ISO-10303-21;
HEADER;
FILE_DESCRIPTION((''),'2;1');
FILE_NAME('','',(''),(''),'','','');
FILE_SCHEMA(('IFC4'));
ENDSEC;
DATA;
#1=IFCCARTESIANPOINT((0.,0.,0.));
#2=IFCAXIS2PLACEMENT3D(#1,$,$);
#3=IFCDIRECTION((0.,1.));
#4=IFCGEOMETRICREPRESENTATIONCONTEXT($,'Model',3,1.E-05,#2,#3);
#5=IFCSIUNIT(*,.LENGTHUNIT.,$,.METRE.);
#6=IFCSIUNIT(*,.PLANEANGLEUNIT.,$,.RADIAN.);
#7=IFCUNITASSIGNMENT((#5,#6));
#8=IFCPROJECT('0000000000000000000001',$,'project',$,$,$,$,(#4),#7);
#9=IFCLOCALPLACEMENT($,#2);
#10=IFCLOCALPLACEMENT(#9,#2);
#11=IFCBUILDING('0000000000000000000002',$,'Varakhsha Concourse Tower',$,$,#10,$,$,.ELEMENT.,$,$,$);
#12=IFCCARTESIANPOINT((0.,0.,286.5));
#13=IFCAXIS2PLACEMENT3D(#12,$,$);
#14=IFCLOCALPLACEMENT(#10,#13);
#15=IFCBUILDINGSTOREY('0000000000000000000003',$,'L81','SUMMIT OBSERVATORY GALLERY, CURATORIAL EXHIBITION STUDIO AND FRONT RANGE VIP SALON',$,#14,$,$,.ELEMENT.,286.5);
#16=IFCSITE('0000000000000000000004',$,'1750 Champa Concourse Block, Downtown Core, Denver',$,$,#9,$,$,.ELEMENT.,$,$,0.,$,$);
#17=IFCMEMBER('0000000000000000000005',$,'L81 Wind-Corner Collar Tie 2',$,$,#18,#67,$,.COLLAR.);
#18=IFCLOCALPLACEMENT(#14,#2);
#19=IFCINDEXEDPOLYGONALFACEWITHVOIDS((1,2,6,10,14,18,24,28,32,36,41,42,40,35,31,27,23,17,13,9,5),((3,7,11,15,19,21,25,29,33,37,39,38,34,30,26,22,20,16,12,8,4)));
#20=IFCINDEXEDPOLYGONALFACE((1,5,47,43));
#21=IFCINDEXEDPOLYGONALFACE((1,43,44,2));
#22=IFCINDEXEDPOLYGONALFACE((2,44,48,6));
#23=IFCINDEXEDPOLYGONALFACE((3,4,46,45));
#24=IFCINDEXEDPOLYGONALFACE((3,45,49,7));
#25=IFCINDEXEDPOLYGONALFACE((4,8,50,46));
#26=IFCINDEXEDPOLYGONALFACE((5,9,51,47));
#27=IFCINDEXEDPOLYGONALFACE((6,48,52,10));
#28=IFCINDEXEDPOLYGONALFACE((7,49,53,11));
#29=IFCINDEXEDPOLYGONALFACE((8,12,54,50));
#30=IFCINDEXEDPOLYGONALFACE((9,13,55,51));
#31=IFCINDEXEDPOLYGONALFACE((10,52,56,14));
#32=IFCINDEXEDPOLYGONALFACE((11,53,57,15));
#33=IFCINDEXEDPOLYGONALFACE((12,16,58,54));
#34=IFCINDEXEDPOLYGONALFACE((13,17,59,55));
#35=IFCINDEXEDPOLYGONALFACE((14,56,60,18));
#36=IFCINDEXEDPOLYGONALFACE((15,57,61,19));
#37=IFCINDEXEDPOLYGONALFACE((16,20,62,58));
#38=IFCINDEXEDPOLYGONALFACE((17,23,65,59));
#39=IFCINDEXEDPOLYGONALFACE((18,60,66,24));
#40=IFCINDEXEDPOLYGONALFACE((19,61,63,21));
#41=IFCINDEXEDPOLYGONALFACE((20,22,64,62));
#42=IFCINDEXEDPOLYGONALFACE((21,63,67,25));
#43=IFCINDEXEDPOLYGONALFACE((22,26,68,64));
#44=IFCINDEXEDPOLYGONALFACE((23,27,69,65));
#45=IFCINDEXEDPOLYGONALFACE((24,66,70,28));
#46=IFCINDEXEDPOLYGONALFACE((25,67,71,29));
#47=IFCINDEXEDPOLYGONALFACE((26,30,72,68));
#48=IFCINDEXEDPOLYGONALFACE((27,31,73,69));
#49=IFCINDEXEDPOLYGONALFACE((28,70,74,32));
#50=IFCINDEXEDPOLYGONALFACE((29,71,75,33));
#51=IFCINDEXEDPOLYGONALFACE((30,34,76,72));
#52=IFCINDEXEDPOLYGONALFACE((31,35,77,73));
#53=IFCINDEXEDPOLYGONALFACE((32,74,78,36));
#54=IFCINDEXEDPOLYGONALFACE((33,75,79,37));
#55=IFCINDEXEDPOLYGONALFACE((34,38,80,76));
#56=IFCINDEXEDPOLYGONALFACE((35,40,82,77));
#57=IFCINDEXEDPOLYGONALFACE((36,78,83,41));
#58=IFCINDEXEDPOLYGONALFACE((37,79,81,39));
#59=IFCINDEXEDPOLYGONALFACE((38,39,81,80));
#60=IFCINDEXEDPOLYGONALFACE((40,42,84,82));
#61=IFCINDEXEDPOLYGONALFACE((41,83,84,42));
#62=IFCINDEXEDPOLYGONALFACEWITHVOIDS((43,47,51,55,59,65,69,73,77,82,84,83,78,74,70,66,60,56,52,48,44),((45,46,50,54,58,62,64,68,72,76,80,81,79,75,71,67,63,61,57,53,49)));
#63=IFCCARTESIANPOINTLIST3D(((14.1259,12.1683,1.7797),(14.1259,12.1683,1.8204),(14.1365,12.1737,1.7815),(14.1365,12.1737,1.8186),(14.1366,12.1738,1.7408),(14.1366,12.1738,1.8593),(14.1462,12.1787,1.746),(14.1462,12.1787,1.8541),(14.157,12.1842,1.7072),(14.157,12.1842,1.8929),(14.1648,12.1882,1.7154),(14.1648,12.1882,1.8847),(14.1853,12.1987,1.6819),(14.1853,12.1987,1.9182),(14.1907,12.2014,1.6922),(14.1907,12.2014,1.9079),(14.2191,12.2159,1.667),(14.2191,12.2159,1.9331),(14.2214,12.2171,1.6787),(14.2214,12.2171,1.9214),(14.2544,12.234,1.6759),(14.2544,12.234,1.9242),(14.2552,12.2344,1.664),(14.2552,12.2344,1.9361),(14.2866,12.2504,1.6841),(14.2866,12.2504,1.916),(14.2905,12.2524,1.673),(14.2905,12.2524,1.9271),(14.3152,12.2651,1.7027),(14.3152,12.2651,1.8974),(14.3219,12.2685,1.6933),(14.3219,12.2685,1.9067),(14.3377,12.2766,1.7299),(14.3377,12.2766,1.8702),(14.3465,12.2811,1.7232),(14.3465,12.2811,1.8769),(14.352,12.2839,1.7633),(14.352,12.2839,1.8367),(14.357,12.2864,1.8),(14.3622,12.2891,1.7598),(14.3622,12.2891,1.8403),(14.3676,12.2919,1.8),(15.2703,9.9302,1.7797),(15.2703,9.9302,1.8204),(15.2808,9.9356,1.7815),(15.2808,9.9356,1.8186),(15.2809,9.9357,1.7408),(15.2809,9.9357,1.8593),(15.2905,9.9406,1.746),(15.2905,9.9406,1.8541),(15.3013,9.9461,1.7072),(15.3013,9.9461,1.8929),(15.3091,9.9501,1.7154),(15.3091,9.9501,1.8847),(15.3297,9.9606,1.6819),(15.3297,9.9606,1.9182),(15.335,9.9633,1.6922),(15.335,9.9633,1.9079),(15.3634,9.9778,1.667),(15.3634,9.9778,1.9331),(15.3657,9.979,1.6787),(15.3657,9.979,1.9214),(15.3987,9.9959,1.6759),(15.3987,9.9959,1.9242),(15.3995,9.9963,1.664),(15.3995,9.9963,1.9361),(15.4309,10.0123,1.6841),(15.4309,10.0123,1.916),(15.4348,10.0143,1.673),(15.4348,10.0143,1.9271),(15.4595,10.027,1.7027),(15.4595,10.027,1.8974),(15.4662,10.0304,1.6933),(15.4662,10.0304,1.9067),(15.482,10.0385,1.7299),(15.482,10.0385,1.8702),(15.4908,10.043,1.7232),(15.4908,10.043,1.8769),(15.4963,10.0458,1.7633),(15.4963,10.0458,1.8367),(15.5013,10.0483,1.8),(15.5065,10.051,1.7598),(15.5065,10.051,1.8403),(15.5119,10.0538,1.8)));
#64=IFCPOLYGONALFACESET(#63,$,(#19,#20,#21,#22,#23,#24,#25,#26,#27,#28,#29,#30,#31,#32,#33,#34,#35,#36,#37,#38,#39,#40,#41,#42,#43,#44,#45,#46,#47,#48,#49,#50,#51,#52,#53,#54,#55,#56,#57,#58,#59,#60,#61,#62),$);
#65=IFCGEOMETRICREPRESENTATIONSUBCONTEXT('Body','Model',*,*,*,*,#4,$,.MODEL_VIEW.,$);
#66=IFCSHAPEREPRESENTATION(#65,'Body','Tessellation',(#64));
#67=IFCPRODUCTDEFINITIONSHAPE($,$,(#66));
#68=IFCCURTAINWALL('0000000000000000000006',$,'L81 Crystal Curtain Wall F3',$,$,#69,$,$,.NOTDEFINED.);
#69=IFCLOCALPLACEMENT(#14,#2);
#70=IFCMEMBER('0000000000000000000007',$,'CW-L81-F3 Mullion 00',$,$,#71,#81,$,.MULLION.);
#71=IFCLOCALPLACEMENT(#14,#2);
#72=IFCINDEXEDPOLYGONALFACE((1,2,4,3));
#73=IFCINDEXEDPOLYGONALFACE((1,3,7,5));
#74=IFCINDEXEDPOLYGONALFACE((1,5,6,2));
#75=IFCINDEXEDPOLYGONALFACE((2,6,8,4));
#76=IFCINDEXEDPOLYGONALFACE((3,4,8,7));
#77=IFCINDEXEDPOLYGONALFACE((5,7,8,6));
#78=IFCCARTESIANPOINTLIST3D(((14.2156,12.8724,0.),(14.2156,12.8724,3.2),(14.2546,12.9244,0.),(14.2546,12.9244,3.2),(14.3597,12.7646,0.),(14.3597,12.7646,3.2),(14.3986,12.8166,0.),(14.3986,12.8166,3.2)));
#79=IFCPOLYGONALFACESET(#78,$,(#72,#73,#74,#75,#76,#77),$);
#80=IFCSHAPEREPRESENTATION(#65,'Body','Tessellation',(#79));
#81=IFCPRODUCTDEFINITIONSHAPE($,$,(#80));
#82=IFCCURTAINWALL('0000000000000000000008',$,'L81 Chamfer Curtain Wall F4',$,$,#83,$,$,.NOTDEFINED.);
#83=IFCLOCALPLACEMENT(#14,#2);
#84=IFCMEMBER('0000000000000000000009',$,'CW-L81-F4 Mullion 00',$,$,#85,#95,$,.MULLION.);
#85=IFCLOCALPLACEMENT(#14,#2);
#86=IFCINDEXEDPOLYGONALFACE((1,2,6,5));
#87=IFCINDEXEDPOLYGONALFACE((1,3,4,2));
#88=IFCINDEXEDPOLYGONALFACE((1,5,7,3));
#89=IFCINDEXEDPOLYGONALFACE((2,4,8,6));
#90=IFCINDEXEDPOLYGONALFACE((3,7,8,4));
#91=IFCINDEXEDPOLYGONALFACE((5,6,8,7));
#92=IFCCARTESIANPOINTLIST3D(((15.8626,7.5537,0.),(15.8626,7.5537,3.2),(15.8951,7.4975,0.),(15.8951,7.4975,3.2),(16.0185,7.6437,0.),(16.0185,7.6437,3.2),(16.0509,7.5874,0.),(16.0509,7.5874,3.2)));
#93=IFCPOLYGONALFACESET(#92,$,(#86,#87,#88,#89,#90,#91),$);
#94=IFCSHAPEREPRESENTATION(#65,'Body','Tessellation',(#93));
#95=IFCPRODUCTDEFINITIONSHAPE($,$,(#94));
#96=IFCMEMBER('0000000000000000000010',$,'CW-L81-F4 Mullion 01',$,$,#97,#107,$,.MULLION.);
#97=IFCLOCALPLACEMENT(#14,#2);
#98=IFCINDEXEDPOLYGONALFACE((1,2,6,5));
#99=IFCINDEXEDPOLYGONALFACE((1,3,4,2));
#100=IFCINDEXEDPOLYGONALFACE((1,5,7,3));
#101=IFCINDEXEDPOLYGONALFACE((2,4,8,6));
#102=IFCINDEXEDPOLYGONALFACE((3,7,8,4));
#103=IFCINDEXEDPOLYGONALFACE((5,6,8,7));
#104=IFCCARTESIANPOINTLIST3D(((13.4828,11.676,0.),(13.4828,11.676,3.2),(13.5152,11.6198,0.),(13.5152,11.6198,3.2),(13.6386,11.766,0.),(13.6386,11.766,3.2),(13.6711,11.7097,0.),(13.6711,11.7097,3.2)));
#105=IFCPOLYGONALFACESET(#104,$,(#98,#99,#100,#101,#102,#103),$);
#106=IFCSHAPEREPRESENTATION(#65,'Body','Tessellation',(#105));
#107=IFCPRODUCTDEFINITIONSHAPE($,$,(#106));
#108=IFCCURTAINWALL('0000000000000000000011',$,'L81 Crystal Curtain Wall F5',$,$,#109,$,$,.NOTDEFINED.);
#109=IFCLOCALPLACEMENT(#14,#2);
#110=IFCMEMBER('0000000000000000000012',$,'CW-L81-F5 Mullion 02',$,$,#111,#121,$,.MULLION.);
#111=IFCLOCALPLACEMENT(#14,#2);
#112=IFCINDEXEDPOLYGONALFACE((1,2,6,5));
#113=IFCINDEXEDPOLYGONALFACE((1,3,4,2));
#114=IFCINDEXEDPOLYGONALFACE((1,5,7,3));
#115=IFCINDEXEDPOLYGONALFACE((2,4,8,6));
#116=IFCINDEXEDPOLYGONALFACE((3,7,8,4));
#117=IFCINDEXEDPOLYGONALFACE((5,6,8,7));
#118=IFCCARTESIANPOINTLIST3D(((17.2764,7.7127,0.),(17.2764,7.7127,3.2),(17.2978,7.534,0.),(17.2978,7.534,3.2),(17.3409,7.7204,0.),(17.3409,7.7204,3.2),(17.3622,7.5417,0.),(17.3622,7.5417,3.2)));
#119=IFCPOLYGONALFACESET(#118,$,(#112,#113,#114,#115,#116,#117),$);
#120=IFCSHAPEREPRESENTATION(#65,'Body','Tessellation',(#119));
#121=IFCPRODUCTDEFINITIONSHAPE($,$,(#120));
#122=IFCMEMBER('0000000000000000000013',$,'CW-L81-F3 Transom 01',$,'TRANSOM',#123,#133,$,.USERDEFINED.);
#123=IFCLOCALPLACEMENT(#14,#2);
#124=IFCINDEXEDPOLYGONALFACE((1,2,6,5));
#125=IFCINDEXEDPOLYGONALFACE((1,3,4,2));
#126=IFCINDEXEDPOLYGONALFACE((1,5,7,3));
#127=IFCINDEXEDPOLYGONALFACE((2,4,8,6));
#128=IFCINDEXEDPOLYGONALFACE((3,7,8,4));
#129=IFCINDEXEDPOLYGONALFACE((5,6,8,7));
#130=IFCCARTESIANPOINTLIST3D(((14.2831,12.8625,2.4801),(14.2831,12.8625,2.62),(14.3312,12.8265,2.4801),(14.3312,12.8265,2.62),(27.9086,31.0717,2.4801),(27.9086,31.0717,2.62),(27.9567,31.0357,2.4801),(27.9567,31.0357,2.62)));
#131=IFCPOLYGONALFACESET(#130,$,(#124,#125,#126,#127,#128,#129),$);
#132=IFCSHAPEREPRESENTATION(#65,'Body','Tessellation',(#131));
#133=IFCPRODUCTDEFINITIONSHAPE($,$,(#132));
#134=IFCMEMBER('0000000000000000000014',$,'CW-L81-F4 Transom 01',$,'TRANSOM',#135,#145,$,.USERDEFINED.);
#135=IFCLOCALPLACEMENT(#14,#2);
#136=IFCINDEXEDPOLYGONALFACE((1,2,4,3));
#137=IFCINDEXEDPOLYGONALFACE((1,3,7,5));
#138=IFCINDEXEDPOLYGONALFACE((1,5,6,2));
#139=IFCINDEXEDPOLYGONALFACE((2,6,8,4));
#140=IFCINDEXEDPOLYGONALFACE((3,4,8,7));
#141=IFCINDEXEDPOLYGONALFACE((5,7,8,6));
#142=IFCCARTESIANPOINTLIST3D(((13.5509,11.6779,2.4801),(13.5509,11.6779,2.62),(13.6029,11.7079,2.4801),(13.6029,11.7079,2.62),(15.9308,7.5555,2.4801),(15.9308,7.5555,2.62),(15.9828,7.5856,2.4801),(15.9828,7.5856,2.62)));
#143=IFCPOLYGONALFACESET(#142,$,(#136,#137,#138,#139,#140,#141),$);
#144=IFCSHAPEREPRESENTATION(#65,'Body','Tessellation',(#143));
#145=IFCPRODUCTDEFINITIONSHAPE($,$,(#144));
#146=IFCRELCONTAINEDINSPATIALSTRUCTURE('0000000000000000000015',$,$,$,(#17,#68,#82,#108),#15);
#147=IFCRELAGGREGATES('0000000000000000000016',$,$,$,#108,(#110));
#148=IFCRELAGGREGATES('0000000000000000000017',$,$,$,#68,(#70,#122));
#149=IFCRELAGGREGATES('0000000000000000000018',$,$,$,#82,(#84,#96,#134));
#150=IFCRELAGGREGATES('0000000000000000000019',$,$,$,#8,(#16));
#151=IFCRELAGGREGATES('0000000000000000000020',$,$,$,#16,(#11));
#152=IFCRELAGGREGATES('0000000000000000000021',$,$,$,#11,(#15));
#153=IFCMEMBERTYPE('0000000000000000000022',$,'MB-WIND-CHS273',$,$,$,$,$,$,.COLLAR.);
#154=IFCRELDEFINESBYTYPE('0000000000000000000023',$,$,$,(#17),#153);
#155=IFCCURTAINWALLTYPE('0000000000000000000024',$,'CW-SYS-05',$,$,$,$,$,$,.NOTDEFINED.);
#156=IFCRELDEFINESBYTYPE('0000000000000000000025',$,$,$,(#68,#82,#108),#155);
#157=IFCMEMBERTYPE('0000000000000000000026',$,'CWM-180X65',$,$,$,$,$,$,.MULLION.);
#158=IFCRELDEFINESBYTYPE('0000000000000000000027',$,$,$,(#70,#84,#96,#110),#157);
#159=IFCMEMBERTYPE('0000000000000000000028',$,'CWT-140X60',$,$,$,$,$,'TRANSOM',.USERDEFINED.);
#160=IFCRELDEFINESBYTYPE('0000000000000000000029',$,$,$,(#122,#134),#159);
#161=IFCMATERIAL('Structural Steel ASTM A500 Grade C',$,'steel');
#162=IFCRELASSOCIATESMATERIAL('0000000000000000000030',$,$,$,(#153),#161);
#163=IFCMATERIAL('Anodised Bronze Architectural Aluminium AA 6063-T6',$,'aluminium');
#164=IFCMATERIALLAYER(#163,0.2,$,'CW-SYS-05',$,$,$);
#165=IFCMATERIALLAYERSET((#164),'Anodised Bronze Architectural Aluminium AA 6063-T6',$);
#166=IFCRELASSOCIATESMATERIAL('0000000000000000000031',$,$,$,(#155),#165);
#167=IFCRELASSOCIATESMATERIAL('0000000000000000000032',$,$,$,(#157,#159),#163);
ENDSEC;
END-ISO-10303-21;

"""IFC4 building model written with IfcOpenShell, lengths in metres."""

from ifc_helpers import new_model, si_unit, direction, frame, origin, origin_2d, place, context, subcontext, project, spatial, rectangle, hollow_circle, extrude, source, transform, mapped, material, layer, layer_set, material_profile, profile_set, type_object, type_shapes, element, aggregate, save


model = new_model("IFC4")

# Units and contexts
model_context = context("Model", 3, precision=1e-05, world=origin(), true_north=direction((0.0, 1.0)))
body_context = subcontext(model_context, "Body", "Model", "MODEL_VIEW")
ifc_project = project(units=[si_unit("LENGTHUNIT", "METRE"), si_unit("PLANEANGLEUNIT", "RADIAN")], contexts=[model_context])

# Site, building, storey
site_placement = place(None, origin())
site = spatial("IfcSite", under=ifc_project, at=site_placement, Name="1750 Champa Concourse Block, Downtown Core, Denver", CompositionType="ELEMENT", RefElevation=0.0)
building_placement = place(site_placement, origin())
building = spatial("IfcBuilding", under=site, at=building_placement, Name="Varakhsha Concourse Tower", CompositionType="ELEMENT")
storey_placement = place(building_placement, frame((0.0, 0.0, 286.5)))
storey = spatial("IfcBuildingStorey", under=building, at=storey_placement, Name="L81", Description="SUMMIT OBSERVATORY GALLERY, CURATORIAL EXHIBITION STUDIO AND FRONT RANGE VIP SALON", CompositionType="ELEMENT", Elevation=286.5)

# Member
ifc_material_1 = material(Name="Structural Steel ASTM A500 Grade C", Category="steel")
ifc_material_profile_1 = material_profile(ifc_material_1, hollow_circle(Radius=0.1365, WallThickness=0.012, at=origin_2d()), Name="CHS 273x12")
ifc_profile_set_1 = profile_set([ifc_material_profile_1], Name="Structural Steel ASTM A500 Grade C")
member_type_1 = type_object("IfcMemberType", Name="MB-WIND-CHS273", PredefinedType="COLLAR", material=ifc_profile_set_1)
shared_shape_1 = source(origin(), body_context, "Body", "SweptSolid", [
    extrude(hollow_circle(Radius=0.1365, WallThickness=0.012, at=origin_2d()), origin(), (0.0, 0.0, 1.0), 2.5137),
])
type_shapes(member_type_1, [shared_shape_1])
member_1_placement = place(storey_placement, frame((14.2461, 12.2297, 1.8), z_axis=(0.455238, -0.89037, 0.0), x_axis=(0.89037, 0.455238, 0.0)))
element("IfcMember", 1, at=member_1_placement, inside=storey, type_object=member_type_1, Name="L81 Wind-Corner Collar Tie 2", PredefinedType="COLLAR", context=body_context, shape_type="MappedRepresentation", body=[
    mapped(shared_shape_1, transform((0.0, 0.0, 0.0), scale=1.0)),
])

# Curtain wall, member
ifc_material_2 = material(Name="Anodised Bronze Architectural Aluminium AA 6063-T6", Category="aluminium")
ifc_layer_1 = layer(ifc_material_2, 0.2, Name="CW-SYS-05")
ifc_layer_set_1 = layer_set([ifc_layer_1], Name="Anodised Bronze Architectural Aluminium AA 6063-T6")
curtain_wall_type = type_object("IfcCurtainWallType", Name="CW-SYS-05", PredefinedType="NOTDEFINED", material=ifc_layer_set_1)
curtain_wall_1_placement = place(storey_placement, origin())
curtain_wall_1 = element("IfcCurtainWall", 2, at=curtain_wall_1_placement, inside=storey, type_object=curtain_wall_type, Name="L81 Crystal Curtain Wall F3", PredefinedType="NOTDEFINED")
ifc_material_profile_2 = material_profile(ifc_material_2, rectangle(XDim=0.0649, YDim=0.1799, at=origin_2d()), Name="CWM-180X65")
ifc_profile_set_2 = profile_set([ifc_material_profile_2], Name="Anodised Bronze Architectural Aluminium AA 6063-T6")
member_type_2 = type_object("IfcMemberType", Name="CWM-180X65", PredefinedType="MULLION", material=ifc_profile_set_2)
shared_shape_2 = source(origin(), body_context, "Body", "SweptSolid", [
    extrude(rectangle(XDim=0.0649, YDim=0.1799, at=origin_2d()), origin(), (0.0, 0.0, 1.0), 3.2),
])
type_shapes(member_type_2, [shared_shape_2])
member_2_placement = place(storey_placement, frame((14.3071, 12.8445, 0.0), z_axis=(0.0, 0.0, 1.0), x_axis=(0.599113, 0.800664, 0.0)))
member_2 = element("IfcMember", 3, at=member_2_placement, type_object=member_type_2, Name="CW-L81-F3 Mullion 00", PredefinedType="MULLION", context=body_context, shape_type="MappedRepresentation", body=[
    mapped(shared_shape_2, transform((0.0, 0.0, 0.0), scale=1.0)),
])

# Curtain wall, members
curtain_wall_2_placement = place(storey_placement, origin())
curtain_wall_2 = element("IfcCurtainWall", 4, at=curtain_wall_2_placement, inside=storey, type_object=curtain_wall_type, Name="L81 Chamfer Curtain Wall F4", PredefinedType="NOTDEFINED")
member_3_placement = place(storey_placement, frame((15.9568, 7.5706, 0.0), z_axis=(0.0, 0.0, 1.0), x_axis=(-0.499998, 0.866026, 0.0)))
member_3 = element("IfcMember", 5, at=member_3_placement, type_object=member_type_2, Name="CW-L81-F4 Mullion 00", PredefinedType="MULLION", context=body_context, shape_type="MappedRepresentation", body=[
    mapped(shared_shape_2, transform((0.0, 0.0, 0.0), scale=1.0)),
])
member_4_placement = place(storey_placement, frame((13.5769, 11.6929, 0.0), z_axis=(0.0, 0.0, 1.0), x_axis=(-0.499998, 0.866026, 0.0)))
member_4 = element("IfcMember", 6, at=member_4_placement, type_object=member_type_2, Name="CW-L81-F4 Mullion 01", PredefinedType="MULLION", context=body_context, shape_type="MappedRepresentation", body=[
    mapped(shared_shape_2, transform((0.0, 0.0, 0.0), scale=1.0)),
])

# Curtain wall, member
curtain_wall_3_placement = place(storey_placement, origin())
curtain_wall_3 = element("IfcCurtainWall", 7, at=curtain_wall_3_placement, inside=storey, type_object=curtain_wall_type, Name="L81 Crystal Curtain Wall F5", PredefinedType="NOTDEFINED")
member_5_placement = place(storey_placement, frame((17.3193, 7.6272, 0.0), z_axis=(0.0, 0.0, 1.0), x_axis=(-0.992952, -0.118513, 0.0)))
member_5 = element("IfcMember", 8, at=member_5_placement, type_object=member_type_2, Name="CW-L81-F5 Mullion 02", PredefinedType="MULLION", context=body_context, shape_type="MappedRepresentation", body=[
    mapped(shared_shape_2, transform((0.0, 0.0, 0.0), scale=1.0)),
])
aggregate(curtain_wall_3, [member_5])

# Members
ifc_material_profile_3 = material_profile(ifc_material_2, rectangle(XDim=0.0601, YDim=0.1399, at=origin_2d()), Name="CWT-140X60")
ifc_profile_set_3 = profile_set([ifc_material_profile_3], Name="Anodised Bronze Architectural Aluminium AA 6063-T6")
member_type_3 = type_object("IfcMemberType", Name="CWT-140X60", ElementType="TRANSOM", PredefinedType="USERDEFINED", material=ifc_profile_set_3)
shared_shape_3 = source(origin(), body_context, "Body", "SweptSolid", [
    extrude(rectangle(XDim=0.0601, YDim=0.1399, at=origin_2d()), origin(), (0.0, 0.0, 1.0), 22.7427),
])
member_6_placement = place(storey_placement, frame((14.3071, 12.8445, 2.55), z_axis=(0.599115, 0.800663, 0.0), x_axis=(-0.800663, 0.599115, 0.0)))
member_6 = element("IfcMember", 9, at=member_6_placement, type_object=member_type_3, Name="CW-L81-F3 Transom 01", ObjectType="TRANSOM", PredefinedType="USERDEFINED", context=body_context, shape_type="MappedRepresentation", body=[
    mapped(shared_shape_3, transform((0.0, 0.0, 0.0), scale=1.0)),
])
aggregate(curtain_wall_1, [member_2, member_6])
shared_shape_4 = source(origin(), body_context, "Body", "SweptSolid", [
    extrude(rectangle(XDim=0.0601, YDim=0.1399, at=origin_2d()), origin(), (0.0, 0.0, 1.0), 4.76),
])
type_shapes(member_type_3, [shared_shape_3, shared_shape_4])
member_7_placement = place(storey_placement, frame((15.9568, 7.5706, 2.55), z_axis=(-0.499978, 0.866038, 0.0), x_axis=(-0.866038, -0.499978, 0.0)))
member_7 = element("IfcMember", 10, at=member_7_placement, type_object=member_type_3, Name="CW-L81-F4 Transom 01", ObjectType="TRANSOM", PredefinedType="USERDEFINED", context=body_context, shape_type="MappedRepresentation", body=[
    mapped(shared_shape_4, transform((0.0, 0.0, 0.0), scale=1.0)),
])

aggregate(curtain_wall_2, [member_3, member_4, member_7])

save(model, "model.ifc")
